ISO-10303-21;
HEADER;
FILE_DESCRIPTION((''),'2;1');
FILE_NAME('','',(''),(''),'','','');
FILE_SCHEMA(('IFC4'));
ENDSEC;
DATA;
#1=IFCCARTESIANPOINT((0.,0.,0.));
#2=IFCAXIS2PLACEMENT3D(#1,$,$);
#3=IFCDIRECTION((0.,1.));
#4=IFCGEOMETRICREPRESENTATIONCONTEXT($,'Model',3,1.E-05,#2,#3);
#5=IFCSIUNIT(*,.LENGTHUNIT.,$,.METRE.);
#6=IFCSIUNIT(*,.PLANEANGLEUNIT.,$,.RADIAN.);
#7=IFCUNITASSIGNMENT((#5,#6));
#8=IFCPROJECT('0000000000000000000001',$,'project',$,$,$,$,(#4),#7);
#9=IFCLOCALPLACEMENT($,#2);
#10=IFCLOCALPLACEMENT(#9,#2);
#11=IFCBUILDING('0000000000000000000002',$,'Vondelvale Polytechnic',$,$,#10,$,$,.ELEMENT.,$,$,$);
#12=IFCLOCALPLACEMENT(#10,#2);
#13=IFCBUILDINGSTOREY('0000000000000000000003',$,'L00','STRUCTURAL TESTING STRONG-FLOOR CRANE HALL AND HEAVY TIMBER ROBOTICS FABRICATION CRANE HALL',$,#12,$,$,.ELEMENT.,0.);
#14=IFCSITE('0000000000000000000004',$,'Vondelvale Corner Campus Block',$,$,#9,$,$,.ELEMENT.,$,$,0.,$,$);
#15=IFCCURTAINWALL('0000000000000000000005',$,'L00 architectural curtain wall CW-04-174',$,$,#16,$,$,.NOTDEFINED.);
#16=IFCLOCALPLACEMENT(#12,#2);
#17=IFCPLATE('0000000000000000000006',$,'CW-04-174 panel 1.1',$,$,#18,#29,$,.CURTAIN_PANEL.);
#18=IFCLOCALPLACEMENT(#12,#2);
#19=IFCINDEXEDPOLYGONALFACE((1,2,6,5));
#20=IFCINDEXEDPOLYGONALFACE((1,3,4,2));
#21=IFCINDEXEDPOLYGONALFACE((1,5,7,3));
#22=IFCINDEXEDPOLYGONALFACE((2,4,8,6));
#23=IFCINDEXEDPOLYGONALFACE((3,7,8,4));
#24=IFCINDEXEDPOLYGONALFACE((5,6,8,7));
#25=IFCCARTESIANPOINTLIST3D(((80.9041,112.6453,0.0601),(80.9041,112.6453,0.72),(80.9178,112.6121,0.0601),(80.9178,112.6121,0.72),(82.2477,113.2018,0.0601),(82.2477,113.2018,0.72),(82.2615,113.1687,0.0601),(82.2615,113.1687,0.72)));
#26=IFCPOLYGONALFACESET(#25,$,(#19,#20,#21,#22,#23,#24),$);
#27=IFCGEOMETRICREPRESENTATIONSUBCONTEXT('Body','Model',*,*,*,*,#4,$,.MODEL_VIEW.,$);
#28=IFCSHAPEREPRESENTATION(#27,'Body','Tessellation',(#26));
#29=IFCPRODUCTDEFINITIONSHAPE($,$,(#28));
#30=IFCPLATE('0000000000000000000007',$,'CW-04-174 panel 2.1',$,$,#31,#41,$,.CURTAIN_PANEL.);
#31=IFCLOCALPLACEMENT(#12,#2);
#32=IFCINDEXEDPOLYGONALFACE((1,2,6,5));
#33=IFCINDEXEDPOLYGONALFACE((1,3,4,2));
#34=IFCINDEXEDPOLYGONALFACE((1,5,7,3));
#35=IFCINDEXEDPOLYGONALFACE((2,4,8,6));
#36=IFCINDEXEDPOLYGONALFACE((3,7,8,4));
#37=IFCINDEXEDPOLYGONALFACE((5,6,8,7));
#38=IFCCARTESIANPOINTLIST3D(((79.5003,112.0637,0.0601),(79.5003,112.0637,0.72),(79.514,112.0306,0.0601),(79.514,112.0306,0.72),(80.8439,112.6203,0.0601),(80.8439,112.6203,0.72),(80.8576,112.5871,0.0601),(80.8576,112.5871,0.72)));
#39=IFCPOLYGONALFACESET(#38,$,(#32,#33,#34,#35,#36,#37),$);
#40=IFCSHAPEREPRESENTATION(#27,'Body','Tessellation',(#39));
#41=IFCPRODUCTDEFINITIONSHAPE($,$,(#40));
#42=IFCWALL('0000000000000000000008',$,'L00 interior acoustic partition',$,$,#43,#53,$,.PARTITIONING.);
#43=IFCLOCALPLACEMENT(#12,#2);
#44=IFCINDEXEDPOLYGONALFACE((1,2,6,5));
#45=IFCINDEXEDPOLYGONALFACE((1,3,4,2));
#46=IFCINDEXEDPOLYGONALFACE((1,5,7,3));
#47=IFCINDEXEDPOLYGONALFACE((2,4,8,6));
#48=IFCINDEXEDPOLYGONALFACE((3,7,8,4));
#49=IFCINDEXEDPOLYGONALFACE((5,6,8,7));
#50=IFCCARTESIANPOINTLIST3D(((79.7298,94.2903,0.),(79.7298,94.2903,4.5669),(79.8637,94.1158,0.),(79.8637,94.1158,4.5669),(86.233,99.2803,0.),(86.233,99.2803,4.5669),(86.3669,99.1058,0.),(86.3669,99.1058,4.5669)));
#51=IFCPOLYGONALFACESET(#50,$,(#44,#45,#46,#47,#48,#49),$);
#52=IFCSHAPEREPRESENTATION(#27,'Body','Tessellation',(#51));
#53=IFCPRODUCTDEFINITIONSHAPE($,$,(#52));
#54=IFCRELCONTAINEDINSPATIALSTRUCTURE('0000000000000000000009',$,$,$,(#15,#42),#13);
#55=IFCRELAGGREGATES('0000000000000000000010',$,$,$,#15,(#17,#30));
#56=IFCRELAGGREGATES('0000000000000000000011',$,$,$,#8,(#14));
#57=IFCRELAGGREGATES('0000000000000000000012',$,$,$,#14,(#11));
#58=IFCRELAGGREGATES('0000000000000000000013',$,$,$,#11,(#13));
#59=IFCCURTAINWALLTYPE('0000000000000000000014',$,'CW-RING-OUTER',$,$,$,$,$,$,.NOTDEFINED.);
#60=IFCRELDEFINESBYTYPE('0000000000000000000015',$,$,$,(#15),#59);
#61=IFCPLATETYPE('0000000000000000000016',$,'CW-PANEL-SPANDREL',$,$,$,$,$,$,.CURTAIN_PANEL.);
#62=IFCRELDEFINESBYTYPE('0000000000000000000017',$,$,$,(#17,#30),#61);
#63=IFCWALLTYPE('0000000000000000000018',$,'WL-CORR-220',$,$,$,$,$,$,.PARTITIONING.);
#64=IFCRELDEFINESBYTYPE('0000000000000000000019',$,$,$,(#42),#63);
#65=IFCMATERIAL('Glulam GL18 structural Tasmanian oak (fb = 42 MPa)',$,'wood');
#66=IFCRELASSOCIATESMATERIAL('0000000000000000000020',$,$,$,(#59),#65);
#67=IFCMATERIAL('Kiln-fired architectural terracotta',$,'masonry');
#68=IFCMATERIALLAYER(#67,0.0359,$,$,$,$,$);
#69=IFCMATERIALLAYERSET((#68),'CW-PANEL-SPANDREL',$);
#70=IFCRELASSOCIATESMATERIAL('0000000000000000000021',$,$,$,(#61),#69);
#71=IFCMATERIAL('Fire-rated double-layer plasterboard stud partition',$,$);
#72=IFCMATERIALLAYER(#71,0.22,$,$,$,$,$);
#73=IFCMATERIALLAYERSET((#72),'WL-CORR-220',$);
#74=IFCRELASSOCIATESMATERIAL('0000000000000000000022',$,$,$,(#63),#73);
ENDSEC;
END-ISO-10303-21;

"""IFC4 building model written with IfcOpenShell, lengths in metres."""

from ifc_helpers import new_model, si_unit, direction, frame, frame_2d, origin, origin_2d, place, context, subcontext, project, spatial, rectangle, extrude, material, layer, layer_set, type_object, element, aggregate, save


model = new_model("IFC4")

# Units and contexts
model_context = context("Model", 3, precision=1e-05, world=origin(), true_north=direction((0.0, 1.0)))
body_context = subcontext(model_context, "Body", "Model", "MODEL_VIEW")
ifc_project = project(units=[si_unit("LENGTHUNIT", "METRE"), si_unit("PLANEANGLEUNIT", "RADIAN")], contexts=[model_context])

# Site, building, storey
site_placement = place(None, origin())
site = spatial("IfcSite", under=ifc_project, at=site_placement, Name="Vondelvale Corner Campus Block", CompositionType="ELEMENT", RefElevation=0.0)
building_placement = place(site_placement, origin())
building = spatial("IfcBuilding", under=site, at=building_placement, Name="Vondelvale Polytechnic", CompositionType="ELEMENT")
storey_placement = place(building_placement, origin())
storey = spatial("IfcBuildingStorey", under=building, at=storey_placement, Name="L00", Description="STRUCTURAL TESTING STRONG-FLOOR CRANE HALL AND HEAVY TIMBER ROBOTICS FABRICATION CRANE HALL", CompositionType="ELEMENT", Elevation=0.0)

# Curtain wall
ifc_material_1 = material(Name="Glulam GL18 structural Tasmanian oak (fb = 42 MPa)", Category="wood")
curtain_wall_type = type_object("IfcCurtainWallType", Name="CW-RING-OUTER", PredefinedType="NOTDEFINED", material=ifc_material_1)
curtain_wall_1_placement = place(storey_placement, origin())
curtain_wall_1 = element("IfcCurtainWall", 1, at=curtain_wall_1_placement, inside=storey, type_object=curtain_wall_type, Name="L00 architectural curtain wall CW-04-174", PredefinedType="NOTDEFINED")

# Plates
ifc_material_2 = material(Name="Kiln-fired architectural terracotta", Category="masonry")
ifc_layer_1 = layer(ifc_material_2, 0.0359)
ifc_layer_set_1 = layer_set([ifc_layer_1], Name="CW-PANEL-SPANDREL")
plate_type_1 = type_object("IfcPlateType", Name="CW-PANEL-SPANDREL", PredefinedType="CURTAIN_PANEL", material=ifc_layer_set_1)
plate_1_placement = place(storey_placement, frame((81.5828, 112.907, 0.0601), z_axis=(0.0, 0.0, 1.0), x_axis=(-0.923881, -0.382679, 0.0)))
plate_1 = element("IfcPlate", 2, at=plate_1_placement, type_object=plate_type_1, Name="CW-04-174 panel 1.1", PredefinedType="CURTAIN_PANEL", context=body_context, shape_type="SweptSolid", body=[
    extrude(rectangle(XDim=1.4543, YDim=0.0359, at=origin_2d()), origin(), (0.0, 0.0, 1.0), 0.6599),
])
plate_2_placement = place(storey_placement, frame((80.179, 112.3254, 0.0601), z_axis=(0.0, 0.0, 1.0), x_axis=(-0.923881, -0.382679, 0.0)))
plate_2 = element("IfcPlate", 3, at=plate_2_placement, type_object=plate_type_1, Name="CW-04-174 panel 2.1", PredefinedType="CURTAIN_PANEL", context=body_context, shape_type="SweptSolid", body=[
    extrude(rectangle(XDim=1.4543, YDim=0.0359, at=origin_2d()), origin(), (0.0, 0.0, 1.0), 0.6599),
])
aggregate(curtain_wall_1, [plate_1, plate_2])

# Wall
ifc_material_3 = material(Name="Fire-rated double-layer plasterboard stud partition")
ifc_layer_2 = layer(ifc_material_3, 0.22)
ifc_layer_set_2 = layer_set([ifc_layer_2], Name="WL-CORR-220")
wall_type = type_object("IfcWallType", Name="WL-CORR-220", PredefinedType="PARTITIONING", material=ifc_layer_set_2)
wall_placement = place(storey_placement, frame((86.3, 99.1931, 0.0), z_axis=(0.0, 0.0, 1.0), x_axis=(-0.793357, -0.608756, 0.0)))
element("IfcWall", 4, at=wall_placement, inside=storey, type_object=wall_type, Name="L00 interior acoustic partition", PredefinedType="PARTITIONING", context=body_context, shape_type="SweptSolid", body=[
    extrude(rectangle(XDim=8.197, YDim=0.22, at=frame_2d((4.0986, 0.0))), origin(), (0.0, 0.0, 1.0), 4.5669),
])

save(model, "model.ifc")
